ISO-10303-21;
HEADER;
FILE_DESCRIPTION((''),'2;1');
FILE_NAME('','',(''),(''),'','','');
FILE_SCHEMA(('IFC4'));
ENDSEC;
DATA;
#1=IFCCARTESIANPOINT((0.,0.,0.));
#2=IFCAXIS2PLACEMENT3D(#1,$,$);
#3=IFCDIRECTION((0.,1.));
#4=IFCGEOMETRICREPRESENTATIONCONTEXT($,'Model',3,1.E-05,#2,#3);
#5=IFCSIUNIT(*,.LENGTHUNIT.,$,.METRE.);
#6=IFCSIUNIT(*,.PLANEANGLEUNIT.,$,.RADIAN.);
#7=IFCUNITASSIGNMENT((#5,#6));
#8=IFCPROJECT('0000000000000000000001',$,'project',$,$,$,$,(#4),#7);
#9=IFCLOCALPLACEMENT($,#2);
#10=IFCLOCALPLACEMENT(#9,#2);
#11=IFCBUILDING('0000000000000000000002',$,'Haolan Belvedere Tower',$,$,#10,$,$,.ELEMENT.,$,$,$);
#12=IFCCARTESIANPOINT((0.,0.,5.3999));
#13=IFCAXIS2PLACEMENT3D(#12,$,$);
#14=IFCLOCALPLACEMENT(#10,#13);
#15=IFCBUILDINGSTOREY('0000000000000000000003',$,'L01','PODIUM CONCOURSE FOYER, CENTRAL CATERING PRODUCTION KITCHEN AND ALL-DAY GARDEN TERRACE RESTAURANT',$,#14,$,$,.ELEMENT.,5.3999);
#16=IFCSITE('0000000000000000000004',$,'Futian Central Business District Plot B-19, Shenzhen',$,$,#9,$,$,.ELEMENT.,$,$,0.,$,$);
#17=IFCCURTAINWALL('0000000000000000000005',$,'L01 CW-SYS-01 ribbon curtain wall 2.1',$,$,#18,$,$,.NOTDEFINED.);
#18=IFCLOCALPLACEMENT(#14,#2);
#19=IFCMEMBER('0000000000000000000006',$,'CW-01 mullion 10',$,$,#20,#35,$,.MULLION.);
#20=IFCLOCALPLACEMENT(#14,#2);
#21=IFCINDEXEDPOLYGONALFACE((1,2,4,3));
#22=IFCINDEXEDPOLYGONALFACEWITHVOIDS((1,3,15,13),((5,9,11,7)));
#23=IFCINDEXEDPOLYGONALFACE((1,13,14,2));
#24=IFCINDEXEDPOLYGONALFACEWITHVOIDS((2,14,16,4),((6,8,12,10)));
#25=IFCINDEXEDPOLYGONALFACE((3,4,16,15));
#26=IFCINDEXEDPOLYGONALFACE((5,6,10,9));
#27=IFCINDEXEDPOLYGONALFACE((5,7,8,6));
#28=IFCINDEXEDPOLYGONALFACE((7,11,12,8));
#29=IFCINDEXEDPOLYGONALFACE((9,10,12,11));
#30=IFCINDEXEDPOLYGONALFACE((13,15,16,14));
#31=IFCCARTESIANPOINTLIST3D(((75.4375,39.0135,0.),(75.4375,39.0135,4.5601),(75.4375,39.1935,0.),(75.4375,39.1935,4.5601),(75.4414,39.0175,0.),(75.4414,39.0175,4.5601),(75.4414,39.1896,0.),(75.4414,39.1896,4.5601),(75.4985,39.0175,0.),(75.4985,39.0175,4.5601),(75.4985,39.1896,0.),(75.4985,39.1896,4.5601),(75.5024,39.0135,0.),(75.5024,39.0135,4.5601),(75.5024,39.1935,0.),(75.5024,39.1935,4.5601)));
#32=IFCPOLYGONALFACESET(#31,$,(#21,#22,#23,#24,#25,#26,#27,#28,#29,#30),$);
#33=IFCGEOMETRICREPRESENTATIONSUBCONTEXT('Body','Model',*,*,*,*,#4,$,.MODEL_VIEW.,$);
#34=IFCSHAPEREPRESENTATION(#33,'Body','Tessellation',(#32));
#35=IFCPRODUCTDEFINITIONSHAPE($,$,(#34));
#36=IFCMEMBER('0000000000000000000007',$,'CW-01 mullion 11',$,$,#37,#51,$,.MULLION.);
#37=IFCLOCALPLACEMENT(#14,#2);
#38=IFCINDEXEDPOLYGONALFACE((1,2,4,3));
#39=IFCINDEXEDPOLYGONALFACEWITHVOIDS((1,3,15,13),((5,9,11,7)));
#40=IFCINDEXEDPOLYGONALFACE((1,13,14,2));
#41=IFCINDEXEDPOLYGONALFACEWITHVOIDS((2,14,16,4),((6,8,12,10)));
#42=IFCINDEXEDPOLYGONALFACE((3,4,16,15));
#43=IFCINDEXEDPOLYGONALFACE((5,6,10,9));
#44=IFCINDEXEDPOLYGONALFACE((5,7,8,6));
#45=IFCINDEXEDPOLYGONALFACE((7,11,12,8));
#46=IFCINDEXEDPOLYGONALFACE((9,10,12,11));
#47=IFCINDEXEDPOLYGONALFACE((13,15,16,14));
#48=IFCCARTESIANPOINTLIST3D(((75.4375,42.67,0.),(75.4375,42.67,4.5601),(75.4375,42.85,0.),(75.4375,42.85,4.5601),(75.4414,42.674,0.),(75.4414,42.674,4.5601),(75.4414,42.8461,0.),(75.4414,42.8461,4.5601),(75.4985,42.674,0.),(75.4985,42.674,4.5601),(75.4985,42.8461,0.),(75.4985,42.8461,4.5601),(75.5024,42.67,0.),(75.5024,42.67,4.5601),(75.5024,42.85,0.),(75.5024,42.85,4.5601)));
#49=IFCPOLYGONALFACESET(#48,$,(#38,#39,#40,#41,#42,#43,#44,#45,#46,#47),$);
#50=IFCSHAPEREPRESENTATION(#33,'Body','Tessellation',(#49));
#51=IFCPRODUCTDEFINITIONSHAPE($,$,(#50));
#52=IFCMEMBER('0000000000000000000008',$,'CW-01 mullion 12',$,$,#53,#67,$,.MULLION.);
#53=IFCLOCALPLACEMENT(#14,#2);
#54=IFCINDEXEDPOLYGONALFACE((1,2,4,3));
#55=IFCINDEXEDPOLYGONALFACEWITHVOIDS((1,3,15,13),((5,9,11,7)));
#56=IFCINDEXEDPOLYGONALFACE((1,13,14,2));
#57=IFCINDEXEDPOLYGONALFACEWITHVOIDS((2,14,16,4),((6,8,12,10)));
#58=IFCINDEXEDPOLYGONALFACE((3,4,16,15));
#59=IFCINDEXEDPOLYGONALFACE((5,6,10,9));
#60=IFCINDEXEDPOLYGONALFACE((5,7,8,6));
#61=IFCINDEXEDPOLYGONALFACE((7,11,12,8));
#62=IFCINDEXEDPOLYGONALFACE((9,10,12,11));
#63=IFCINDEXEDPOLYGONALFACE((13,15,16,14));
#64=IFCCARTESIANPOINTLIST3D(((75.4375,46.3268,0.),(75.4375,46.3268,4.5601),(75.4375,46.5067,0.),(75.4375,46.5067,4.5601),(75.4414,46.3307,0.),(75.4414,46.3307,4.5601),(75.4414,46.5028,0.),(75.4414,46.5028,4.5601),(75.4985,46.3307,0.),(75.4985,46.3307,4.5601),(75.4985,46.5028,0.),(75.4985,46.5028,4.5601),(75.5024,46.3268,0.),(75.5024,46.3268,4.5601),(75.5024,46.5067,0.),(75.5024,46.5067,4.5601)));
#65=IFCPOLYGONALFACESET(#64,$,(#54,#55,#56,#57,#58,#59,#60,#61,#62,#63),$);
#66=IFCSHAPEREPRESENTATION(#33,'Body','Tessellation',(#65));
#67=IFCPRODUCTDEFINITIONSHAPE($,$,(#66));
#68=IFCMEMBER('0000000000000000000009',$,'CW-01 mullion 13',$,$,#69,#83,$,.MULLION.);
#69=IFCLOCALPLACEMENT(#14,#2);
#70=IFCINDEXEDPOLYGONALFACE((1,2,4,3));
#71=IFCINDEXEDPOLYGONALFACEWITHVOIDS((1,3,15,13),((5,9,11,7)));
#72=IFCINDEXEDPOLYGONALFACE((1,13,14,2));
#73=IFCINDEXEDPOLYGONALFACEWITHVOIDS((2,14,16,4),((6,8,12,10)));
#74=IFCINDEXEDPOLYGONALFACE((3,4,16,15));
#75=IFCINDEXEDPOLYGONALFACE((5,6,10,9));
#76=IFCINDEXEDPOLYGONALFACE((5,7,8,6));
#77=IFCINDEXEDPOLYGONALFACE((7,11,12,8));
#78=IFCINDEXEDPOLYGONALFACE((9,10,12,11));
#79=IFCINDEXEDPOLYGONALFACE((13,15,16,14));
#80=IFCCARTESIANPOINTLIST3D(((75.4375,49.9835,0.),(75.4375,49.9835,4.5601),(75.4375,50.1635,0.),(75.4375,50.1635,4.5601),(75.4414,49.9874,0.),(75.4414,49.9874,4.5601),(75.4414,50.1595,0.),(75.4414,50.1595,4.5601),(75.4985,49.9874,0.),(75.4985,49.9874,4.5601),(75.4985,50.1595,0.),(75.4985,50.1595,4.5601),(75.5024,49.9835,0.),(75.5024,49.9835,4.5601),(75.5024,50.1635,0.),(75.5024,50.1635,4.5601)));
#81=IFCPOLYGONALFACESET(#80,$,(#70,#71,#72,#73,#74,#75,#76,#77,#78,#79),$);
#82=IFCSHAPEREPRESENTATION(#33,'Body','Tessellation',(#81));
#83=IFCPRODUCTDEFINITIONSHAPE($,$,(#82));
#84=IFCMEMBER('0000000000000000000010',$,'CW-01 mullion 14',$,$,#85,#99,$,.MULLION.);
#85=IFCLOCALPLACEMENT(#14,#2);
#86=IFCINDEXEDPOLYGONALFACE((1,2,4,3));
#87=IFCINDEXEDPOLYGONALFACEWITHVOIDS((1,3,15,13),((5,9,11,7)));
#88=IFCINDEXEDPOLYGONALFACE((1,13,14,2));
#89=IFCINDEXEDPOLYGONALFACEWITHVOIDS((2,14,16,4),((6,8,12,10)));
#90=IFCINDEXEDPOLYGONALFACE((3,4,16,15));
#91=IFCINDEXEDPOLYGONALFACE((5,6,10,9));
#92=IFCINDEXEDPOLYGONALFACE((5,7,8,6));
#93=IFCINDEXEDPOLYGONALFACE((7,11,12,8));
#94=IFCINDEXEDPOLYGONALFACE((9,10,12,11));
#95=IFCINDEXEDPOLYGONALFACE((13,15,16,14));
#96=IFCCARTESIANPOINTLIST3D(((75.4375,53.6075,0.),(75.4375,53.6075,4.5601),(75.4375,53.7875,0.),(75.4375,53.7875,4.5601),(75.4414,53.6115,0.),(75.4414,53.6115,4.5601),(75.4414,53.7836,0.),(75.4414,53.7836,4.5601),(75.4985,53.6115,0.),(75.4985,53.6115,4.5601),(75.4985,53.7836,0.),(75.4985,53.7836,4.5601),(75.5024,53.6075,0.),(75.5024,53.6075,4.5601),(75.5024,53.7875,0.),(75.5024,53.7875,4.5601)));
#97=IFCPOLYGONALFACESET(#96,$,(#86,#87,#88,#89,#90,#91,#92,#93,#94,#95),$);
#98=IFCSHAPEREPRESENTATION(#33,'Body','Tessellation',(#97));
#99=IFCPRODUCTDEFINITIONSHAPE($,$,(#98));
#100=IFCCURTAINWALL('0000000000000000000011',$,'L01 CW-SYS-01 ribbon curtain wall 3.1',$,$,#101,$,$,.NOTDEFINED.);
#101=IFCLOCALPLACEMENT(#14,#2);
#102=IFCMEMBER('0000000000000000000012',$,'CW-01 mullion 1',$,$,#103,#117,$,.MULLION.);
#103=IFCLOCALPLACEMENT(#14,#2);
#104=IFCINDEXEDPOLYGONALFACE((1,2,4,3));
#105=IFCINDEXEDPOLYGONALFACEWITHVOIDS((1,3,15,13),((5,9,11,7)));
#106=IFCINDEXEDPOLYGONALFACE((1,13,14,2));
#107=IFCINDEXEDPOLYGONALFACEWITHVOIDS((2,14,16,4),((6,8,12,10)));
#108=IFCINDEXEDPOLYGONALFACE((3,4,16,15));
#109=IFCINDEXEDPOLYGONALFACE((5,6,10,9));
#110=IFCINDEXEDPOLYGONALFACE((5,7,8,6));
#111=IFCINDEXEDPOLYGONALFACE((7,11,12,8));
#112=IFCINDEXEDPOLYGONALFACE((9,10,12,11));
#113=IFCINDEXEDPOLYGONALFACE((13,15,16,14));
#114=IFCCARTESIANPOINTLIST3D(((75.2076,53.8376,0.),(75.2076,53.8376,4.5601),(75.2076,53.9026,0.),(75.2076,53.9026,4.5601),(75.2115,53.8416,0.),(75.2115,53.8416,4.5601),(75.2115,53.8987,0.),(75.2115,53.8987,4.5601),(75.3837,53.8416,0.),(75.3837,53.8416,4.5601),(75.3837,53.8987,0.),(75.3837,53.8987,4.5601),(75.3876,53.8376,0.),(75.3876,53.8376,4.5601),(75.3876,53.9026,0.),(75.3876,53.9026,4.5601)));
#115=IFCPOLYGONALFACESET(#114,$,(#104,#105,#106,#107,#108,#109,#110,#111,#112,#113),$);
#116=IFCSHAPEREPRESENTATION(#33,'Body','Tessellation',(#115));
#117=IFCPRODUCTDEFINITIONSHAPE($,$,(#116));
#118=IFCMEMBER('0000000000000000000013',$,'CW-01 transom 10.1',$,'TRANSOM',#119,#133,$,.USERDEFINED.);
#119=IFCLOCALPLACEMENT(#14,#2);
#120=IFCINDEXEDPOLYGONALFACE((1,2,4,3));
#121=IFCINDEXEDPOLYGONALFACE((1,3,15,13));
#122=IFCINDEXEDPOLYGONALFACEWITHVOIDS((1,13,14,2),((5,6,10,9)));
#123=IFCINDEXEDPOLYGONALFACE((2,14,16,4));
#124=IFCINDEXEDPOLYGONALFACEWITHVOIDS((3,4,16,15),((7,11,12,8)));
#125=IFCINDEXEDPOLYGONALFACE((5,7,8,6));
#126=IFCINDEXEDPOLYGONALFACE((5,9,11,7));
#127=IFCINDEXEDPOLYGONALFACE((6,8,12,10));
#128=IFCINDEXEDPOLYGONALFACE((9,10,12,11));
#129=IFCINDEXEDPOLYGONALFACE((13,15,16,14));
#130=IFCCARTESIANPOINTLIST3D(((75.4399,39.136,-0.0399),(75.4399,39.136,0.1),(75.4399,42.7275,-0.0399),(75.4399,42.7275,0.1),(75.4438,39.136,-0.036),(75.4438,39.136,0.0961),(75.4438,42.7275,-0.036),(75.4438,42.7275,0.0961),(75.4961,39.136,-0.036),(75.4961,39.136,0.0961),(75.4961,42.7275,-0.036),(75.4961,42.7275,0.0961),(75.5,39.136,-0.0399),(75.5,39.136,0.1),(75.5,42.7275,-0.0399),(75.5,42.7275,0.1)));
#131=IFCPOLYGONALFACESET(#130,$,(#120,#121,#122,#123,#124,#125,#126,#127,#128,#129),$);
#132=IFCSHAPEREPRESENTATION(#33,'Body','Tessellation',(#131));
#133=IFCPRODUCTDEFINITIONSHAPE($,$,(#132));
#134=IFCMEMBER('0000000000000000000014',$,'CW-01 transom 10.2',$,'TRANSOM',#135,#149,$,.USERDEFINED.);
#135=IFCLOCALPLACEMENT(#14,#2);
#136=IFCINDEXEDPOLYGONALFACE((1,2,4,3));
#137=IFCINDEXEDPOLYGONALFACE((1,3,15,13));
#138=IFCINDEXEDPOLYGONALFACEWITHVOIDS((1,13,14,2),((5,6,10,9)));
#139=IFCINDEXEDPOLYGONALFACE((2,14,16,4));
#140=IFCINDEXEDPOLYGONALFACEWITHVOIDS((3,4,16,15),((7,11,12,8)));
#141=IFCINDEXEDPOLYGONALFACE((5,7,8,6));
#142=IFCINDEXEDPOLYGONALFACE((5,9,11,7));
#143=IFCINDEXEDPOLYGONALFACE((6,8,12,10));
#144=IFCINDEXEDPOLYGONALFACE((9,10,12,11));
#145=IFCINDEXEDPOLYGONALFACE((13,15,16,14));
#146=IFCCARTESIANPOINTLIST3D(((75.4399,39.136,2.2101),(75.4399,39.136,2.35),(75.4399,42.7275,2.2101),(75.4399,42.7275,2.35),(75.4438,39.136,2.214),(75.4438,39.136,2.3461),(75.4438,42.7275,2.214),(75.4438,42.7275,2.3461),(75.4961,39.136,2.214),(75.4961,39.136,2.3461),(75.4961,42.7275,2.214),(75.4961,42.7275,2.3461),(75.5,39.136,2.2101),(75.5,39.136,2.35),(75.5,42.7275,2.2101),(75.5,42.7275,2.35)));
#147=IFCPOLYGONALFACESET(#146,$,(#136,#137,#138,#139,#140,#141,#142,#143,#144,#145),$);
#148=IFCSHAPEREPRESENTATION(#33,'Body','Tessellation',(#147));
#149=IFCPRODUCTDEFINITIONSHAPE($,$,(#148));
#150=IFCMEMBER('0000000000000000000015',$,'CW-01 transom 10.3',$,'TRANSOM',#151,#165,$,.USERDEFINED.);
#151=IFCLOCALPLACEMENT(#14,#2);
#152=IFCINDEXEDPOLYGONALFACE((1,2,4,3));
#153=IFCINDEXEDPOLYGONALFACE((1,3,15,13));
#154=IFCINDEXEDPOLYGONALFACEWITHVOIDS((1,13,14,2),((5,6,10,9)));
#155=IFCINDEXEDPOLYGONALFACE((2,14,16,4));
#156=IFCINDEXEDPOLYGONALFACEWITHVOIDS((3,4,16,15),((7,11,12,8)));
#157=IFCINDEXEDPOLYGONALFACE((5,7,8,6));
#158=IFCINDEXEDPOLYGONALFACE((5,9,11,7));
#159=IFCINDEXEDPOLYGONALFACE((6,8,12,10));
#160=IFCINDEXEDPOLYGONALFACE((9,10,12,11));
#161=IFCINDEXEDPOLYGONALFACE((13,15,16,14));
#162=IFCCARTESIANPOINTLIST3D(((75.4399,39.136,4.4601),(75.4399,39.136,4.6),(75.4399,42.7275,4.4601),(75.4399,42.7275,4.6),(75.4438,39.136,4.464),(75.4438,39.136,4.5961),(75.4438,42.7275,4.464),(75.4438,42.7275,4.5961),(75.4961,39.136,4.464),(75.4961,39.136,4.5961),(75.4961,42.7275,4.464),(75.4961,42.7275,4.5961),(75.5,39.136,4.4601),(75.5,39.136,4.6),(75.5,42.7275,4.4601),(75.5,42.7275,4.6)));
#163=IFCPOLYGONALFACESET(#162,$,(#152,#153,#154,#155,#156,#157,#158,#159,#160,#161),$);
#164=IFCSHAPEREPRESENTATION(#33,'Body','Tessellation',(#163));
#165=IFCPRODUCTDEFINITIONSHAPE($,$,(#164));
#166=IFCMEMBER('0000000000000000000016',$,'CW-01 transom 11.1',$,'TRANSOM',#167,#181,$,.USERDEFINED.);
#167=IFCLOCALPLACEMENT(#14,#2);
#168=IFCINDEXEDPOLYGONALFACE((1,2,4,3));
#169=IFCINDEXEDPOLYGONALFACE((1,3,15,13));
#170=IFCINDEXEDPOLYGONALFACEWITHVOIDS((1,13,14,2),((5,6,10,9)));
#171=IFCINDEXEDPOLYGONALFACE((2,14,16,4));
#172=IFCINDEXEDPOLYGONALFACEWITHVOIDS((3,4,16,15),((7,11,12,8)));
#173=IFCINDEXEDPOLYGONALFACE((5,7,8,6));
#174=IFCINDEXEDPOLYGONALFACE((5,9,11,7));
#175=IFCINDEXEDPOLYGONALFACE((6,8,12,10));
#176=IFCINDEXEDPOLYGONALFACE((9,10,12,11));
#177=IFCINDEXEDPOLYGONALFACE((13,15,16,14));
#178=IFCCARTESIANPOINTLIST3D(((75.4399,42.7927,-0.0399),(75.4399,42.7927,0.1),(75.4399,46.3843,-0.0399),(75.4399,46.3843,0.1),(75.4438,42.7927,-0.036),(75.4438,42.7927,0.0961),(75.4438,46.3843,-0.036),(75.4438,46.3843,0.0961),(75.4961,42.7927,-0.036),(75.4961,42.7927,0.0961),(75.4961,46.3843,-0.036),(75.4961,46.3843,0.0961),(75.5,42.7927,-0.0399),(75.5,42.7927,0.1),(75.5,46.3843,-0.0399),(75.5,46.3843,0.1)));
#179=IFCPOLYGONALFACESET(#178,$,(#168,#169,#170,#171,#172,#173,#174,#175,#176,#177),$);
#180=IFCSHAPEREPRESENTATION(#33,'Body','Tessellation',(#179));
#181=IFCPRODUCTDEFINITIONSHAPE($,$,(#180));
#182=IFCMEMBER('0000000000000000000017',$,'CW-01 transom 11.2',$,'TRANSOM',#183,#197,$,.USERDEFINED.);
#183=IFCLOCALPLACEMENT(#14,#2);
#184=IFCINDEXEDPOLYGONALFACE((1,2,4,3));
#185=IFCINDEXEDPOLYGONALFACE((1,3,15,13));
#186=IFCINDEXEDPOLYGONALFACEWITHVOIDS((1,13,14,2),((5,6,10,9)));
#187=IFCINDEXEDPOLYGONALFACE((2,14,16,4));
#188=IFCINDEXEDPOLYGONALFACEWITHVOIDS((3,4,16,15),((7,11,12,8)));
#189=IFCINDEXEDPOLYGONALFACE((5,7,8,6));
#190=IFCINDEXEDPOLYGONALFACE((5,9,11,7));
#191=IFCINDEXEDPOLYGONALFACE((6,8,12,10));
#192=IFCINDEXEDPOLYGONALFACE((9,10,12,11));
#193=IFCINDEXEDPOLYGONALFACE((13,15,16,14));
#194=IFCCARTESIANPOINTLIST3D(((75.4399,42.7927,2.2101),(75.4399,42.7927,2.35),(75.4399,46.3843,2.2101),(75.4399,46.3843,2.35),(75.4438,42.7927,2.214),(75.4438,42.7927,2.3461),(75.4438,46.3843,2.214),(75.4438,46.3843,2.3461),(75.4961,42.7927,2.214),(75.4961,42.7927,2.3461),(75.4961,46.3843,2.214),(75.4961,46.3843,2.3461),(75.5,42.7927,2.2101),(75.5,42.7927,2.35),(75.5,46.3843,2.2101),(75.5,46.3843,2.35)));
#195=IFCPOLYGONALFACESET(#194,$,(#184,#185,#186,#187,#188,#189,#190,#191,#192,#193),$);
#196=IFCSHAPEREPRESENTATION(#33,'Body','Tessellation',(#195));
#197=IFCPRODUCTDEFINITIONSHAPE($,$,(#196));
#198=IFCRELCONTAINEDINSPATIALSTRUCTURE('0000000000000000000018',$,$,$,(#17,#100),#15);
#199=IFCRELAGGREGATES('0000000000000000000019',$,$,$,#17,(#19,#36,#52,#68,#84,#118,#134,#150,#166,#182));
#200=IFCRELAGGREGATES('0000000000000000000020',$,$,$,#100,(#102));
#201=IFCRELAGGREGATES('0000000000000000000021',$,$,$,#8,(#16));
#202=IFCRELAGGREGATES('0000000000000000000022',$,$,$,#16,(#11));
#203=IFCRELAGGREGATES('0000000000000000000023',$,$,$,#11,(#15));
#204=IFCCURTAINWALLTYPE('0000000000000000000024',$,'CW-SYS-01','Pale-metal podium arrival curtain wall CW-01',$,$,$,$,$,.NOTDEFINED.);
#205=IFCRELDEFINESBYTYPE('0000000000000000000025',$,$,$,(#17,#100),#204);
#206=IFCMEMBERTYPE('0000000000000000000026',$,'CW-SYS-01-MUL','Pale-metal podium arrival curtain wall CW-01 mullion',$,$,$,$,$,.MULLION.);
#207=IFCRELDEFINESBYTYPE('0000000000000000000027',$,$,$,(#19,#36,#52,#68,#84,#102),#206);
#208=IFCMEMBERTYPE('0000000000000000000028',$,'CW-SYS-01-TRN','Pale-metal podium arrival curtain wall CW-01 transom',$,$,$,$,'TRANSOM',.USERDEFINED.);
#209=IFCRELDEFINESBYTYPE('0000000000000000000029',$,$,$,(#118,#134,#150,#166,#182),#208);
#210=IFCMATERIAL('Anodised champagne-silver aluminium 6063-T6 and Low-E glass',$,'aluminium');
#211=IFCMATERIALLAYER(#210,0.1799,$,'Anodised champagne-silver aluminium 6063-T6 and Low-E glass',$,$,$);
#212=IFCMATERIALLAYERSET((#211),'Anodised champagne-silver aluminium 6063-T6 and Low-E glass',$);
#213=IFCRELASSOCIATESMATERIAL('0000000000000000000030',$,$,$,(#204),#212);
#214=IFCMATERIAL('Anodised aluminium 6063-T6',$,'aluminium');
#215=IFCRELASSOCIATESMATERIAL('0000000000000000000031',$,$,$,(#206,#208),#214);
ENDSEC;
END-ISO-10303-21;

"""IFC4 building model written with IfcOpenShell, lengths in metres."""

from ifc_helpers import new_model, si_unit, direction, frame, origin, origin_2d, place, context, subcontext, project, spatial, hollow_rectangle, extrude, material, layer, layer_set, material_profile, profile_set, type_object, element, aggregate, save


model = new_model("IFC4")

# Units and contexts
model_context = context("Model", 3, precision=1e-05, world=origin(), true_north=direction((0.0, 1.0)))
body_context = subcontext(model_context, "Body", "Model", "MODEL_VIEW")
ifc_project = project(units=[si_unit("LENGTHUNIT", "METRE"), si_unit("PLANEANGLEUNIT", "RADIAN")], contexts=[model_context])

# Site, building, storey
site_placement = place(None, origin())
site = spatial("IfcSite", under=ifc_project, at=site_placement, Name="Futian Central Business District Plot B-19, Shenzhen", CompositionType="ELEMENT", RefElevation=0.0)
building_placement = place(site_placement, origin())
building = spatial("IfcBuilding", under=site, at=building_placement, Name="Haolan Belvedere Tower", CompositionType="ELEMENT")
storey_placement = place(building_placement, frame((0.0, 0.0, 5.3999)))
storey = spatial("IfcBuildingStorey", under=building, at=storey_placement, Name="L01", Description="PODIUM CONCOURSE FOYER, CENTRAL CATERING PRODUCTION KITCHEN AND ALL-DAY GARDEN TERRACE RESTAURANT", CompositionType="ELEMENT", Elevation=5.3999)

# Curtain wall, members
ifc_material_1 = material(Name="Anodised champagne-silver aluminium 6063-T6 and Low-E glass", Category="aluminium")
ifc_layer_1 = layer(ifc_material_1, 0.1799, Name="Anodised champagne-silver aluminium 6063-T6 and Low-E glass")
ifc_layer_set_1 = layer_set([ifc_layer_1], Name="Anodised champagne-silver aluminium 6063-T6 and Low-E glass")
curtain_wall_type = type_object("IfcCurtainWallType", Name="CW-SYS-01", Description="Pale-metal podium arrival curtain wall CW-01", PredefinedType="NOTDEFINED", material=ifc_layer_set_1)
curtain_wall_1_placement = place(storey_placement, origin())
curtain_wall_1 = element("IfcCurtainWall", 1, at=curtain_wall_1_placement, inside=storey, type_object=curtain_wall_type, Name="L01 CW-SYS-01 ribbon curtain wall 2.1", PredefinedType="NOTDEFINED")
ifc_material_2 = material(Name="Anodised aluminium 6063-T6", Category="aluminium")
ifc_material_profile_1 = material_profile(ifc_material_2, hollow_rectangle(XDim=0.0649, YDim=0.1799, WallThickness=0.0039, at=origin_2d()), Name="Anodised aluminium 6063-T6")
ifc_profile_set_1 = profile_set([ifc_material_profile_1], Name="Anodised aluminium 6063-T6")
member_type_1 = type_object("IfcMemberType", Name="CW-SYS-01-MUL", Description="Pale-metal podium arrival curtain wall CW-01 mullion", PredefinedType="MULLION", material=ifc_profile_set_1)
member_1_placement = place(storey_placement, frame((75.47, 39.1035, 0.0), z_axis=(0.0, 0.0, 1.0), x_axis=(-1.0, 0.0, 0.0)))
member_1 = element("IfcMember", 2, at=member_1_placement, type_object=member_type_1, Name="CW-01 mullion 10", PredefinedType="MULLION", context=body_context, shape_type="SweptSolid", body=[
    extrude(hollow_rectangle(XDim=0.0649, YDim=0.1799, WallThickness=0.0039, at=origin_2d()), origin(), (0.0, 0.0, 1.0), 4.5601),
])
member_2_placement = place(storey_placement, frame((75.47, 42.76, 0.0), z_axis=(0.0, 0.0, 1.0), x_axis=(-1.0, 0.0, 0.0)))
member_2 = element("IfcMember", 3, at=member_2_placement, type_object=member_type_1, Name="CW-01 mullion 11", PredefinedType="MULLION", context=body_context, shape_type="SweptSolid", body=[
    extrude(hollow_rectangle(XDim=0.0649, YDim=0.1799, WallThickness=0.0039, at=origin_2d()), origin(), (0.0, 0.0, 1.0), 4.5601),
])
member_3_placement = place(storey_placement, frame((75.47, 46.4167, 0.0), z_axis=(0.0, 0.0, 1.0), x_axis=(-1.0, 0.0, 0.0)))
member_3 = element("IfcMember", 4, at=member_3_placement, type_object=member_type_1, Name="CW-01 mullion 12", PredefinedType="MULLION", context=body_context, shape_type="SweptSolid", body=[
    extrude(hollow_rectangle(XDim=0.0649, YDim=0.1799, WallThickness=0.0039, at=origin_2d()), origin(), (0.0, 0.0, 1.0), 4.5601),
])
member_4_placement = place(storey_placement, frame((75.47, 50.0735, 0.0), z_axis=(0.0, 0.0, 1.0), x_axis=(-1.0, 0.0, 0.0)))
member_4 = element("IfcMember", 5, at=member_4_placement, type_object=member_type_1, Name="CW-01 mullion 13", PredefinedType="MULLION", context=body_context, shape_type="SweptSolid", body=[
    extrude(hollow_rectangle(XDim=0.0649, YDim=0.1799, WallThickness=0.0039, at=origin_2d()), origin(), (0.0, 0.0, 1.0), 4.5601),
])
member_5_placement = place(storey_placement, frame((75.47, 53.6975, 0.0), z_axis=(0.0, 0.0, 1.0), x_axis=(-1.0, 0.0, 0.0)))
member_5 = element("IfcMember", 6, at=member_5_placement, type_object=member_type_1, Name="CW-01 mullion 14", PredefinedType="MULLION", context=body_context, shape_type="SweptSolid", body=[
    extrude(hollow_rectangle(XDim=0.0649, YDim=0.1799, WallThickness=0.0039, at=origin_2d()), origin(), (0.0, 0.0, 1.0), 4.5601),
])

# Curtain wall, member
curtain_wall_2_placement = place(storey_placement, origin())
curtain_wall_2 = element("IfcCurtainWall", 7, at=curtain_wall_2_placement, inside=storey, type_object=curtain_wall_type, Name="L01 CW-SYS-01 ribbon curtain wall 3.1", PredefinedType="NOTDEFINED")
member_6_placement = place(storey_placement, frame((75.2976, 53.8701, 0.0), z_axis=(0.0, 0.0, 1.0), x_axis=(0.0, -1.0, 0.0)))
member_6 = element("IfcMember", 8, at=member_6_placement, type_object=member_type_1, Name="CW-01 mullion 1", PredefinedType="MULLION", context=body_context, shape_type="SweptSolid", body=[
    extrude(hollow_rectangle(XDim=0.0649, YDim=0.1799, WallThickness=0.0039, at=origin_2d()), origin(), (0.0, 0.0, 1.0), 4.5601),
])

# Members
ifc_material_profile_2 = material_profile(ifc_material_2, hollow_rectangle(XDim=0.0601, YDim=0.1399, WallThickness=0.0039, at=origin_2d()), Name="Anodised aluminium 6063-T6")
ifc_profile_set_2 = profile_set([ifc_material_profile_2], Name="Anodised aluminium 6063-T6")
member_type_2 = type_object("IfcMemberType", Name="CW-SYS-01-TRN", Description="Pale-metal podium arrival curtain wall CW-01 transom", ElementType="TRANSOM", PredefinedType="USERDEFINED", material=ifc_profile_set_2)
member_7_placement = place(storey_placement, frame((75.47, 39.136, 0.03), z_axis=(0.0, 1.0, 0.0), x_axis=(-1.0, 0.0, 0.0)))
member_7 = element("IfcMember", 9, at=member_7_placement, type_object=member_type_2, Name="CW-01 transom 10.1", ObjectType="TRANSOM", PredefinedType="USERDEFINED", context=body_context, shape_type="SweptSolid", body=[
    extrude(hollow_rectangle(XDim=0.0601, YDim=0.1399, WallThickness=0.0039, at=origin_2d()), origin(), (0.0, 0.0, 1.0), 3.5916),
])
member_8_placement = place(storey_placement, frame((75.47, 39.136, 2.28), z_axis=(0.0, 1.0, 0.0), x_axis=(-1.0, 0.0, 0.0)))
member_8 = element("IfcMember", 10, at=member_8_placement, type_object=member_type_2, Name="CW-01 transom 10.2", ObjectType="TRANSOM", PredefinedType="USERDEFINED", context=body_context, shape_type="SweptSolid", body=[
    extrude(hollow_rectangle(XDim=0.0601, YDim=0.1399, WallThickness=0.0039, at=origin_2d()), origin(), (0.0, 0.0, 1.0), 3.5916),
])
member_9_placement = place(storey_placement, frame((75.47, 39.136, 4.53), z_axis=(0.0, 1.0, 0.0), x_axis=(-1.0, 0.0, 0.0)))
member_9 = element("IfcMember", 11, at=member_9_placement, type_object=member_type_2, Name="CW-01 transom 10.3", ObjectType="TRANSOM", PredefinedType="USERDEFINED", context=body_context, shape_type="SweptSolid", body=[
    extrude(hollow_rectangle(XDim=0.0601, YDim=0.1399, WallThickness=0.0039, at=origin_2d()), origin(), (0.0, 0.0, 1.0), 3.5916),
])
member_10_placement = place(storey_placement, frame((75.47, 42.7927, 0.03), z_axis=(0.0, 1.0, 0.0), x_axis=(-1.0, 0.0, 0.0)))
member_10 = element("IfcMember", 12, at=member_10_placement, type_object=member_type_2, Name="CW-01 transom 11.1", ObjectType="TRANSOM", PredefinedType="USERDEFINED", context=body_context, shape_type="SweptSolid", body=[
    extrude(hollow_rectangle(XDim=0.0601, YDim=0.1399, WallThickness=0.0039, at=origin_2d()), origin(), (0.0, 0.0, 1.0), 3.5916),
])
member_11_placement = place(storey_placement, frame((75.47, 42.7927, 2.28), z_axis=(0.0, 1.0, 0.0), x_axis=(-1.0, 0.0, 0.0)))
member_11 = element("IfcMember", 13, at=member_11_placement, type_object=member_type_2, Name="CW-01 transom 11.2", ObjectType="TRANSOM", PredefinedType="USERDEFINED", context=body_context, shape_type="SweptSolid", body=[
    extrude(hollow_rectangle(XDim=0.0601, YDim=0.1399, WallThickness=0.0039, at=origin_2d()), origin(), (0.0, 0.0, 1.0), 3.5916),
])

aggregate(curtain_wall_1, [member_1, member_2, member_3, member_4, member_5, member_7, member_8, member_9, member_10, member_11])
aggregate(curtain_wall_2, [member_6])

save(model, "model.ifc")
